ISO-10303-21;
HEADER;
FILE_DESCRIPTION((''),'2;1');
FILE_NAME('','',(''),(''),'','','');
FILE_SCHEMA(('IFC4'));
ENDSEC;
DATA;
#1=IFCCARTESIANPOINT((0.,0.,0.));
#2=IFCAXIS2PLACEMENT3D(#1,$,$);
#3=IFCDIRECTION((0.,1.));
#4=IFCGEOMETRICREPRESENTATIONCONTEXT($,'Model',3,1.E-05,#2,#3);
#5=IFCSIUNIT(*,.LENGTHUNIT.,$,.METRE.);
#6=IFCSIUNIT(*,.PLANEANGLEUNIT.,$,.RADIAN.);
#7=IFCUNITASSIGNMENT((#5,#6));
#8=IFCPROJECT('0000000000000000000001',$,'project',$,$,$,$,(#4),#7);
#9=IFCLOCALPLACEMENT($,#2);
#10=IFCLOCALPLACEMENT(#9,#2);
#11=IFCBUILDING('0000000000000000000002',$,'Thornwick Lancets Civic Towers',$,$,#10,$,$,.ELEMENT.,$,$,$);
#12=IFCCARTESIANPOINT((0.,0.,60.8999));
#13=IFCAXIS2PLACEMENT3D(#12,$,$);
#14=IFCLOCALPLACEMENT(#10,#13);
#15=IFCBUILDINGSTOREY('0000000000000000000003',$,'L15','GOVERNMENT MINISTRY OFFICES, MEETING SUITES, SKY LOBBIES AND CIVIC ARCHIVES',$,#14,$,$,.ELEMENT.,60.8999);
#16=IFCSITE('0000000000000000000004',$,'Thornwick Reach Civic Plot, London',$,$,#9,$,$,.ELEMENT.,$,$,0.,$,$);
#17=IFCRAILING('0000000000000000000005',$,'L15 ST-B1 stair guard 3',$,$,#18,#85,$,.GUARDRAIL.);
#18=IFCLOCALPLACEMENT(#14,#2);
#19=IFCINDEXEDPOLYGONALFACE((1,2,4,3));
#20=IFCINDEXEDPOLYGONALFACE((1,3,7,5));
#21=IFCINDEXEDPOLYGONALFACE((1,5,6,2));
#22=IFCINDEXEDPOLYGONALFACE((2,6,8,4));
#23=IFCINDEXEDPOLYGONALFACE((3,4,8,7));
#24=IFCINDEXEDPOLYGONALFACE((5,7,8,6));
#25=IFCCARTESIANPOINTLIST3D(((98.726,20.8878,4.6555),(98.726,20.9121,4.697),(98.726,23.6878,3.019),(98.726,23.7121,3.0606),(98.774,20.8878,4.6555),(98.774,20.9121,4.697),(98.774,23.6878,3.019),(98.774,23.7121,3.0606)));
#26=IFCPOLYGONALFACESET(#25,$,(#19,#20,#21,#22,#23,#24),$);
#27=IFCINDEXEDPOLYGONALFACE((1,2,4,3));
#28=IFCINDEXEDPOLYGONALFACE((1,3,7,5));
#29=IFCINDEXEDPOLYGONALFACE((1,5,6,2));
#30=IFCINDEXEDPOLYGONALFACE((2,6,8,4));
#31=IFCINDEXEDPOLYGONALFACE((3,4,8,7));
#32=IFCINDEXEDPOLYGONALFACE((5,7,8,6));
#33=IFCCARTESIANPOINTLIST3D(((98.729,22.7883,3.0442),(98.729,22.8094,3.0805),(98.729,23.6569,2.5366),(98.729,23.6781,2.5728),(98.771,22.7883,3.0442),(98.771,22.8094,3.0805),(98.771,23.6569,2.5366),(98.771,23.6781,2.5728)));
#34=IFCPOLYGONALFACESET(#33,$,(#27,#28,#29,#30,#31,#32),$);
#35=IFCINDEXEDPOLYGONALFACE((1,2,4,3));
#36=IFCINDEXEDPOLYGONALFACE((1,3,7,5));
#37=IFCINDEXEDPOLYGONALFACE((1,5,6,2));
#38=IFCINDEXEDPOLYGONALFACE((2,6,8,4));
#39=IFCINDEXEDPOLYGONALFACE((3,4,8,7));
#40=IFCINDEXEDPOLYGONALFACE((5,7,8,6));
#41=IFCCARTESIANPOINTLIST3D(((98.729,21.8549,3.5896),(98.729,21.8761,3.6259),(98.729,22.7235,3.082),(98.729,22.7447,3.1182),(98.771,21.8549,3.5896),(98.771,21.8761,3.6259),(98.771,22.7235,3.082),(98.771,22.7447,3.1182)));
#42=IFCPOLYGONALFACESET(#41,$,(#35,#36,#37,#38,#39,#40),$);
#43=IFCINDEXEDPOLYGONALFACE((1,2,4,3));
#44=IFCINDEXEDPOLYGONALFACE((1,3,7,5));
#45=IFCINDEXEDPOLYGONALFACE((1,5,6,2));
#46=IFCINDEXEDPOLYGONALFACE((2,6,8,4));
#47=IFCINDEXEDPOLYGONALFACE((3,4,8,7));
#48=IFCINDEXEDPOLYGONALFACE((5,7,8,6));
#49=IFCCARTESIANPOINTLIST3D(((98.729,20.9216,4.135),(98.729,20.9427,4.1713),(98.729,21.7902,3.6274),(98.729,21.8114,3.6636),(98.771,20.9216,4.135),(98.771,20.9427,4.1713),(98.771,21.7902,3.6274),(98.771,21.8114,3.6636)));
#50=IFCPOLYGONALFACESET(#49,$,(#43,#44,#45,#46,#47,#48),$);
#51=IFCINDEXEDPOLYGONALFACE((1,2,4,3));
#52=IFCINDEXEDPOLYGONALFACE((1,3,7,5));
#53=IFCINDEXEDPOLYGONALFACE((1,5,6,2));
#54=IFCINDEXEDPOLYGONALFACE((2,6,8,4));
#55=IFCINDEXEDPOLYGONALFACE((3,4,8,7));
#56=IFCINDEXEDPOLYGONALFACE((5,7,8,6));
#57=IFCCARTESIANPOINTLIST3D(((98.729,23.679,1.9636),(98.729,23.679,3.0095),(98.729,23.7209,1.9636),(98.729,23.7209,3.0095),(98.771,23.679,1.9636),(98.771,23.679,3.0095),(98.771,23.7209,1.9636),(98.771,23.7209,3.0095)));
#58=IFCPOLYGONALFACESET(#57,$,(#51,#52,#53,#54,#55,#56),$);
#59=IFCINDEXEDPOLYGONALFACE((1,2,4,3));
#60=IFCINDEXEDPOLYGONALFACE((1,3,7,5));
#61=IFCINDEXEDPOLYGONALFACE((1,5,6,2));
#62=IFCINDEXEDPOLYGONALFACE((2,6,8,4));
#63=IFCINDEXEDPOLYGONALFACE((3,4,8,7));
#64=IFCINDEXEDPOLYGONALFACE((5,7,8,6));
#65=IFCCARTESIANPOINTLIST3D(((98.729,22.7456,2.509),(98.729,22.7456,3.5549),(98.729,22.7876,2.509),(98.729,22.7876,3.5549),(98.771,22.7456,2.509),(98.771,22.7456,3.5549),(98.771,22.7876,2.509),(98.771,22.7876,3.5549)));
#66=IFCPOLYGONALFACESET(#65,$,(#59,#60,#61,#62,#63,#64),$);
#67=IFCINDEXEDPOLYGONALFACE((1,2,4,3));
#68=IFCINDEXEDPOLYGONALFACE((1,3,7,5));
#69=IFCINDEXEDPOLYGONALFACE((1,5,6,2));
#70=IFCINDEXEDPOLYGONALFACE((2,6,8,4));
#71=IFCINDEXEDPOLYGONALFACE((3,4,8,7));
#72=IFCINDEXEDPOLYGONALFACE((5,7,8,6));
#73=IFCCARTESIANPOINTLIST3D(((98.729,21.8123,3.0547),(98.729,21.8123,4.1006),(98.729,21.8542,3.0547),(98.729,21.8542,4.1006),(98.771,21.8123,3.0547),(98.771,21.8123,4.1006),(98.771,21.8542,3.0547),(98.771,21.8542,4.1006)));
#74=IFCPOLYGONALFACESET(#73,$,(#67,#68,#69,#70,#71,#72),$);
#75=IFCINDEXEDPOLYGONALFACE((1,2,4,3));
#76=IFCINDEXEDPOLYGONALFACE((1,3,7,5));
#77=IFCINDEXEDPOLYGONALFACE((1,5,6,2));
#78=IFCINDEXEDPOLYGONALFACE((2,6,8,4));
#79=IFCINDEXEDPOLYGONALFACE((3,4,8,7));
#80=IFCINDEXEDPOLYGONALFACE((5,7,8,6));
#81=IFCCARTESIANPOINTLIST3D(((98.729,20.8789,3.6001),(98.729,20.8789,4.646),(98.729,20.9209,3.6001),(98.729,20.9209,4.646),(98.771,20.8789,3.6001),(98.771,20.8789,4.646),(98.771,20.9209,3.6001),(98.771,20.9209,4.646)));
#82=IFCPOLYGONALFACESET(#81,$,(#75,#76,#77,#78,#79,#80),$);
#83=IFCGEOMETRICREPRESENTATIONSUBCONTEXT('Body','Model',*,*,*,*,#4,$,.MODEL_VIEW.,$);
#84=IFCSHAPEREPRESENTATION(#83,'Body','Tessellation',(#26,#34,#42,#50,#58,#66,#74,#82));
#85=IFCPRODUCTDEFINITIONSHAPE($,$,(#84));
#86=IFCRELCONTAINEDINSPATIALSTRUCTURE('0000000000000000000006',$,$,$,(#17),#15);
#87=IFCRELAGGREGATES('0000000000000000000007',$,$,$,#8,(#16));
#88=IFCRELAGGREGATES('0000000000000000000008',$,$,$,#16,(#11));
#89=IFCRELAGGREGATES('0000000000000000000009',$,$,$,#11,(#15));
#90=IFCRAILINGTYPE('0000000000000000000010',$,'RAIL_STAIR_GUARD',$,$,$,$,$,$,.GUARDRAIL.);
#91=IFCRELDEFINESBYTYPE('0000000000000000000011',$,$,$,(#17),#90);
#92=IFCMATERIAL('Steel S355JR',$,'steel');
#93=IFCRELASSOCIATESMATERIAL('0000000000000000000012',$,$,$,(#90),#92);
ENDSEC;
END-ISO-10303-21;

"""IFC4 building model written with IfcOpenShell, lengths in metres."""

from ifc_helpers import new_model, si_unit, direction, frame, origin, origin_2d, place, context, subcontext, project, spatial, rectangle, extrude, material, type_object, element, save


model = new_model("IFC4")

# Units and contexts
model_context = context("Model", 3, precision=1e-05, world=origin(), true_north=direction((0.0, 1.0)))
body_context = subcontext(model_context, "Body", "Model", "MODEL_VIEW")
ifc_project = project(units=[si_unit("LENGTHUNIT", "METRE"), si_unit("PLANEANGLEUNIT", "RADIAN")], contexts=[model_context])

# Site, building, storey
site_placement = place(None, origin())
site = spatial("IfcSite", under=ifc_project, at=site_placement, Name="Thornwick Reach Civic Plot, London", CompositionType="ELEMENT", RefElevation=0.0)
building_placement = place(site_placement, origin())
building = spatial("IfcBuilding", under=site, at=building_placement, Name="Thornwick Lancets Civic Towers", CompositionType="ELEMENT")
storey_placement = place(building_placement, frame((0.0, 0.0, 60.8999)))
storey = spatial("IfcBuildingStorey", under=building, at=storey_placement, Name="L15", Description="GOVERNMENT MINISTRY OFFICES, MEETING SUITES, SKY LOBBIES AND CIVIC ARCHIVES", CompositionType="ELEMENT", Elevation=60.8999)

# Railing
ifc_material_1 = material(Name="Steel S355JR", Category="steel")
railing_type_1 = type_object("IfcRailingType", Name="RAIL_STAIR_GUARD", PredefinedType="GUARDRAIL", material=ifc_material_1)
railing_1_placement = place(storey_placement, frame((98.75, 23.7, 1.9636)))
element("IfcRailing", 1, at=railing_1_placement, inside=storey, type_object=railing_type_1, Name="L15 ST-B1 stair guard 3", PredefinedType="GUARDRAIL", context=body_context, shape_type="SweptSolid", body=[
    extrude(rectangle(XDim=0.0481, YDim=0.0481, at=origin_2d()), frame((0.0, 0.0, 1.0762), z_axis=(0.0, -0.863361, 0.504587), x_axis=(1.0, 0.0, 0.0)), (0.0, 0.0, 1.0), 3.2432),
    extrude(rectangle(XDim=0.042, YDim=0.042, at=origin_2d()), frame((0.0, -0.0325, 0.5911), z_axis=(0.0, -0.863361, 0.504587), x_axis=(1.0, 0.0, 0.0)), (0.0, 0.0, 1.0), 1.0061),
    extrude(rectangle(XDim=0.042, YDim=0.042, at=origin_2d()), frame((0.0, -0.9658, 1.1365), z_axis=(0.0, -0.863361, 0.504587), x_axis=(1.0, 0.0, 0.0)), (0.0, 0.0, 1.0), 1.0061),
    extrude(rectangle(XDim=0.042, YDim=0.042, at=origin_2d()), frame((0.0, -1.8992, 1.6819), z_axis=(0.0, -0.863361, 0.504587), x_axis=(1.0, 0.0, 0.0)), (0.0, 0.0, 1.0), 1.0061),
    extrude(rectangle(XDim=0.042, YDim=0.042, at=origin_2d()), origin(), (0.0, 0.0, 1.0), 1.0459),
    extrude(rectangle(XDim=0.042, YDim=0.042, at=origin_2d()), frame((0.0, -0.9333, 0.5454)), (0.0, 0.0, 1.0), 1.0459),
    extrude(rectangle(XDim=0.042, YDim=0.042, at=origin_2d()), frame((0.0, -1.8667, 1.0911)), (0.0, 0.0, 1.0), 1.0459),
    extrude(rectangle(XDim=0.042, YDim=0.042, at=origin_2d()), frame((0.0, -2.8, 1.6365)), (0.0, 0.0, 1.0), 1.0459),
])

save(model, "model.ifc")
